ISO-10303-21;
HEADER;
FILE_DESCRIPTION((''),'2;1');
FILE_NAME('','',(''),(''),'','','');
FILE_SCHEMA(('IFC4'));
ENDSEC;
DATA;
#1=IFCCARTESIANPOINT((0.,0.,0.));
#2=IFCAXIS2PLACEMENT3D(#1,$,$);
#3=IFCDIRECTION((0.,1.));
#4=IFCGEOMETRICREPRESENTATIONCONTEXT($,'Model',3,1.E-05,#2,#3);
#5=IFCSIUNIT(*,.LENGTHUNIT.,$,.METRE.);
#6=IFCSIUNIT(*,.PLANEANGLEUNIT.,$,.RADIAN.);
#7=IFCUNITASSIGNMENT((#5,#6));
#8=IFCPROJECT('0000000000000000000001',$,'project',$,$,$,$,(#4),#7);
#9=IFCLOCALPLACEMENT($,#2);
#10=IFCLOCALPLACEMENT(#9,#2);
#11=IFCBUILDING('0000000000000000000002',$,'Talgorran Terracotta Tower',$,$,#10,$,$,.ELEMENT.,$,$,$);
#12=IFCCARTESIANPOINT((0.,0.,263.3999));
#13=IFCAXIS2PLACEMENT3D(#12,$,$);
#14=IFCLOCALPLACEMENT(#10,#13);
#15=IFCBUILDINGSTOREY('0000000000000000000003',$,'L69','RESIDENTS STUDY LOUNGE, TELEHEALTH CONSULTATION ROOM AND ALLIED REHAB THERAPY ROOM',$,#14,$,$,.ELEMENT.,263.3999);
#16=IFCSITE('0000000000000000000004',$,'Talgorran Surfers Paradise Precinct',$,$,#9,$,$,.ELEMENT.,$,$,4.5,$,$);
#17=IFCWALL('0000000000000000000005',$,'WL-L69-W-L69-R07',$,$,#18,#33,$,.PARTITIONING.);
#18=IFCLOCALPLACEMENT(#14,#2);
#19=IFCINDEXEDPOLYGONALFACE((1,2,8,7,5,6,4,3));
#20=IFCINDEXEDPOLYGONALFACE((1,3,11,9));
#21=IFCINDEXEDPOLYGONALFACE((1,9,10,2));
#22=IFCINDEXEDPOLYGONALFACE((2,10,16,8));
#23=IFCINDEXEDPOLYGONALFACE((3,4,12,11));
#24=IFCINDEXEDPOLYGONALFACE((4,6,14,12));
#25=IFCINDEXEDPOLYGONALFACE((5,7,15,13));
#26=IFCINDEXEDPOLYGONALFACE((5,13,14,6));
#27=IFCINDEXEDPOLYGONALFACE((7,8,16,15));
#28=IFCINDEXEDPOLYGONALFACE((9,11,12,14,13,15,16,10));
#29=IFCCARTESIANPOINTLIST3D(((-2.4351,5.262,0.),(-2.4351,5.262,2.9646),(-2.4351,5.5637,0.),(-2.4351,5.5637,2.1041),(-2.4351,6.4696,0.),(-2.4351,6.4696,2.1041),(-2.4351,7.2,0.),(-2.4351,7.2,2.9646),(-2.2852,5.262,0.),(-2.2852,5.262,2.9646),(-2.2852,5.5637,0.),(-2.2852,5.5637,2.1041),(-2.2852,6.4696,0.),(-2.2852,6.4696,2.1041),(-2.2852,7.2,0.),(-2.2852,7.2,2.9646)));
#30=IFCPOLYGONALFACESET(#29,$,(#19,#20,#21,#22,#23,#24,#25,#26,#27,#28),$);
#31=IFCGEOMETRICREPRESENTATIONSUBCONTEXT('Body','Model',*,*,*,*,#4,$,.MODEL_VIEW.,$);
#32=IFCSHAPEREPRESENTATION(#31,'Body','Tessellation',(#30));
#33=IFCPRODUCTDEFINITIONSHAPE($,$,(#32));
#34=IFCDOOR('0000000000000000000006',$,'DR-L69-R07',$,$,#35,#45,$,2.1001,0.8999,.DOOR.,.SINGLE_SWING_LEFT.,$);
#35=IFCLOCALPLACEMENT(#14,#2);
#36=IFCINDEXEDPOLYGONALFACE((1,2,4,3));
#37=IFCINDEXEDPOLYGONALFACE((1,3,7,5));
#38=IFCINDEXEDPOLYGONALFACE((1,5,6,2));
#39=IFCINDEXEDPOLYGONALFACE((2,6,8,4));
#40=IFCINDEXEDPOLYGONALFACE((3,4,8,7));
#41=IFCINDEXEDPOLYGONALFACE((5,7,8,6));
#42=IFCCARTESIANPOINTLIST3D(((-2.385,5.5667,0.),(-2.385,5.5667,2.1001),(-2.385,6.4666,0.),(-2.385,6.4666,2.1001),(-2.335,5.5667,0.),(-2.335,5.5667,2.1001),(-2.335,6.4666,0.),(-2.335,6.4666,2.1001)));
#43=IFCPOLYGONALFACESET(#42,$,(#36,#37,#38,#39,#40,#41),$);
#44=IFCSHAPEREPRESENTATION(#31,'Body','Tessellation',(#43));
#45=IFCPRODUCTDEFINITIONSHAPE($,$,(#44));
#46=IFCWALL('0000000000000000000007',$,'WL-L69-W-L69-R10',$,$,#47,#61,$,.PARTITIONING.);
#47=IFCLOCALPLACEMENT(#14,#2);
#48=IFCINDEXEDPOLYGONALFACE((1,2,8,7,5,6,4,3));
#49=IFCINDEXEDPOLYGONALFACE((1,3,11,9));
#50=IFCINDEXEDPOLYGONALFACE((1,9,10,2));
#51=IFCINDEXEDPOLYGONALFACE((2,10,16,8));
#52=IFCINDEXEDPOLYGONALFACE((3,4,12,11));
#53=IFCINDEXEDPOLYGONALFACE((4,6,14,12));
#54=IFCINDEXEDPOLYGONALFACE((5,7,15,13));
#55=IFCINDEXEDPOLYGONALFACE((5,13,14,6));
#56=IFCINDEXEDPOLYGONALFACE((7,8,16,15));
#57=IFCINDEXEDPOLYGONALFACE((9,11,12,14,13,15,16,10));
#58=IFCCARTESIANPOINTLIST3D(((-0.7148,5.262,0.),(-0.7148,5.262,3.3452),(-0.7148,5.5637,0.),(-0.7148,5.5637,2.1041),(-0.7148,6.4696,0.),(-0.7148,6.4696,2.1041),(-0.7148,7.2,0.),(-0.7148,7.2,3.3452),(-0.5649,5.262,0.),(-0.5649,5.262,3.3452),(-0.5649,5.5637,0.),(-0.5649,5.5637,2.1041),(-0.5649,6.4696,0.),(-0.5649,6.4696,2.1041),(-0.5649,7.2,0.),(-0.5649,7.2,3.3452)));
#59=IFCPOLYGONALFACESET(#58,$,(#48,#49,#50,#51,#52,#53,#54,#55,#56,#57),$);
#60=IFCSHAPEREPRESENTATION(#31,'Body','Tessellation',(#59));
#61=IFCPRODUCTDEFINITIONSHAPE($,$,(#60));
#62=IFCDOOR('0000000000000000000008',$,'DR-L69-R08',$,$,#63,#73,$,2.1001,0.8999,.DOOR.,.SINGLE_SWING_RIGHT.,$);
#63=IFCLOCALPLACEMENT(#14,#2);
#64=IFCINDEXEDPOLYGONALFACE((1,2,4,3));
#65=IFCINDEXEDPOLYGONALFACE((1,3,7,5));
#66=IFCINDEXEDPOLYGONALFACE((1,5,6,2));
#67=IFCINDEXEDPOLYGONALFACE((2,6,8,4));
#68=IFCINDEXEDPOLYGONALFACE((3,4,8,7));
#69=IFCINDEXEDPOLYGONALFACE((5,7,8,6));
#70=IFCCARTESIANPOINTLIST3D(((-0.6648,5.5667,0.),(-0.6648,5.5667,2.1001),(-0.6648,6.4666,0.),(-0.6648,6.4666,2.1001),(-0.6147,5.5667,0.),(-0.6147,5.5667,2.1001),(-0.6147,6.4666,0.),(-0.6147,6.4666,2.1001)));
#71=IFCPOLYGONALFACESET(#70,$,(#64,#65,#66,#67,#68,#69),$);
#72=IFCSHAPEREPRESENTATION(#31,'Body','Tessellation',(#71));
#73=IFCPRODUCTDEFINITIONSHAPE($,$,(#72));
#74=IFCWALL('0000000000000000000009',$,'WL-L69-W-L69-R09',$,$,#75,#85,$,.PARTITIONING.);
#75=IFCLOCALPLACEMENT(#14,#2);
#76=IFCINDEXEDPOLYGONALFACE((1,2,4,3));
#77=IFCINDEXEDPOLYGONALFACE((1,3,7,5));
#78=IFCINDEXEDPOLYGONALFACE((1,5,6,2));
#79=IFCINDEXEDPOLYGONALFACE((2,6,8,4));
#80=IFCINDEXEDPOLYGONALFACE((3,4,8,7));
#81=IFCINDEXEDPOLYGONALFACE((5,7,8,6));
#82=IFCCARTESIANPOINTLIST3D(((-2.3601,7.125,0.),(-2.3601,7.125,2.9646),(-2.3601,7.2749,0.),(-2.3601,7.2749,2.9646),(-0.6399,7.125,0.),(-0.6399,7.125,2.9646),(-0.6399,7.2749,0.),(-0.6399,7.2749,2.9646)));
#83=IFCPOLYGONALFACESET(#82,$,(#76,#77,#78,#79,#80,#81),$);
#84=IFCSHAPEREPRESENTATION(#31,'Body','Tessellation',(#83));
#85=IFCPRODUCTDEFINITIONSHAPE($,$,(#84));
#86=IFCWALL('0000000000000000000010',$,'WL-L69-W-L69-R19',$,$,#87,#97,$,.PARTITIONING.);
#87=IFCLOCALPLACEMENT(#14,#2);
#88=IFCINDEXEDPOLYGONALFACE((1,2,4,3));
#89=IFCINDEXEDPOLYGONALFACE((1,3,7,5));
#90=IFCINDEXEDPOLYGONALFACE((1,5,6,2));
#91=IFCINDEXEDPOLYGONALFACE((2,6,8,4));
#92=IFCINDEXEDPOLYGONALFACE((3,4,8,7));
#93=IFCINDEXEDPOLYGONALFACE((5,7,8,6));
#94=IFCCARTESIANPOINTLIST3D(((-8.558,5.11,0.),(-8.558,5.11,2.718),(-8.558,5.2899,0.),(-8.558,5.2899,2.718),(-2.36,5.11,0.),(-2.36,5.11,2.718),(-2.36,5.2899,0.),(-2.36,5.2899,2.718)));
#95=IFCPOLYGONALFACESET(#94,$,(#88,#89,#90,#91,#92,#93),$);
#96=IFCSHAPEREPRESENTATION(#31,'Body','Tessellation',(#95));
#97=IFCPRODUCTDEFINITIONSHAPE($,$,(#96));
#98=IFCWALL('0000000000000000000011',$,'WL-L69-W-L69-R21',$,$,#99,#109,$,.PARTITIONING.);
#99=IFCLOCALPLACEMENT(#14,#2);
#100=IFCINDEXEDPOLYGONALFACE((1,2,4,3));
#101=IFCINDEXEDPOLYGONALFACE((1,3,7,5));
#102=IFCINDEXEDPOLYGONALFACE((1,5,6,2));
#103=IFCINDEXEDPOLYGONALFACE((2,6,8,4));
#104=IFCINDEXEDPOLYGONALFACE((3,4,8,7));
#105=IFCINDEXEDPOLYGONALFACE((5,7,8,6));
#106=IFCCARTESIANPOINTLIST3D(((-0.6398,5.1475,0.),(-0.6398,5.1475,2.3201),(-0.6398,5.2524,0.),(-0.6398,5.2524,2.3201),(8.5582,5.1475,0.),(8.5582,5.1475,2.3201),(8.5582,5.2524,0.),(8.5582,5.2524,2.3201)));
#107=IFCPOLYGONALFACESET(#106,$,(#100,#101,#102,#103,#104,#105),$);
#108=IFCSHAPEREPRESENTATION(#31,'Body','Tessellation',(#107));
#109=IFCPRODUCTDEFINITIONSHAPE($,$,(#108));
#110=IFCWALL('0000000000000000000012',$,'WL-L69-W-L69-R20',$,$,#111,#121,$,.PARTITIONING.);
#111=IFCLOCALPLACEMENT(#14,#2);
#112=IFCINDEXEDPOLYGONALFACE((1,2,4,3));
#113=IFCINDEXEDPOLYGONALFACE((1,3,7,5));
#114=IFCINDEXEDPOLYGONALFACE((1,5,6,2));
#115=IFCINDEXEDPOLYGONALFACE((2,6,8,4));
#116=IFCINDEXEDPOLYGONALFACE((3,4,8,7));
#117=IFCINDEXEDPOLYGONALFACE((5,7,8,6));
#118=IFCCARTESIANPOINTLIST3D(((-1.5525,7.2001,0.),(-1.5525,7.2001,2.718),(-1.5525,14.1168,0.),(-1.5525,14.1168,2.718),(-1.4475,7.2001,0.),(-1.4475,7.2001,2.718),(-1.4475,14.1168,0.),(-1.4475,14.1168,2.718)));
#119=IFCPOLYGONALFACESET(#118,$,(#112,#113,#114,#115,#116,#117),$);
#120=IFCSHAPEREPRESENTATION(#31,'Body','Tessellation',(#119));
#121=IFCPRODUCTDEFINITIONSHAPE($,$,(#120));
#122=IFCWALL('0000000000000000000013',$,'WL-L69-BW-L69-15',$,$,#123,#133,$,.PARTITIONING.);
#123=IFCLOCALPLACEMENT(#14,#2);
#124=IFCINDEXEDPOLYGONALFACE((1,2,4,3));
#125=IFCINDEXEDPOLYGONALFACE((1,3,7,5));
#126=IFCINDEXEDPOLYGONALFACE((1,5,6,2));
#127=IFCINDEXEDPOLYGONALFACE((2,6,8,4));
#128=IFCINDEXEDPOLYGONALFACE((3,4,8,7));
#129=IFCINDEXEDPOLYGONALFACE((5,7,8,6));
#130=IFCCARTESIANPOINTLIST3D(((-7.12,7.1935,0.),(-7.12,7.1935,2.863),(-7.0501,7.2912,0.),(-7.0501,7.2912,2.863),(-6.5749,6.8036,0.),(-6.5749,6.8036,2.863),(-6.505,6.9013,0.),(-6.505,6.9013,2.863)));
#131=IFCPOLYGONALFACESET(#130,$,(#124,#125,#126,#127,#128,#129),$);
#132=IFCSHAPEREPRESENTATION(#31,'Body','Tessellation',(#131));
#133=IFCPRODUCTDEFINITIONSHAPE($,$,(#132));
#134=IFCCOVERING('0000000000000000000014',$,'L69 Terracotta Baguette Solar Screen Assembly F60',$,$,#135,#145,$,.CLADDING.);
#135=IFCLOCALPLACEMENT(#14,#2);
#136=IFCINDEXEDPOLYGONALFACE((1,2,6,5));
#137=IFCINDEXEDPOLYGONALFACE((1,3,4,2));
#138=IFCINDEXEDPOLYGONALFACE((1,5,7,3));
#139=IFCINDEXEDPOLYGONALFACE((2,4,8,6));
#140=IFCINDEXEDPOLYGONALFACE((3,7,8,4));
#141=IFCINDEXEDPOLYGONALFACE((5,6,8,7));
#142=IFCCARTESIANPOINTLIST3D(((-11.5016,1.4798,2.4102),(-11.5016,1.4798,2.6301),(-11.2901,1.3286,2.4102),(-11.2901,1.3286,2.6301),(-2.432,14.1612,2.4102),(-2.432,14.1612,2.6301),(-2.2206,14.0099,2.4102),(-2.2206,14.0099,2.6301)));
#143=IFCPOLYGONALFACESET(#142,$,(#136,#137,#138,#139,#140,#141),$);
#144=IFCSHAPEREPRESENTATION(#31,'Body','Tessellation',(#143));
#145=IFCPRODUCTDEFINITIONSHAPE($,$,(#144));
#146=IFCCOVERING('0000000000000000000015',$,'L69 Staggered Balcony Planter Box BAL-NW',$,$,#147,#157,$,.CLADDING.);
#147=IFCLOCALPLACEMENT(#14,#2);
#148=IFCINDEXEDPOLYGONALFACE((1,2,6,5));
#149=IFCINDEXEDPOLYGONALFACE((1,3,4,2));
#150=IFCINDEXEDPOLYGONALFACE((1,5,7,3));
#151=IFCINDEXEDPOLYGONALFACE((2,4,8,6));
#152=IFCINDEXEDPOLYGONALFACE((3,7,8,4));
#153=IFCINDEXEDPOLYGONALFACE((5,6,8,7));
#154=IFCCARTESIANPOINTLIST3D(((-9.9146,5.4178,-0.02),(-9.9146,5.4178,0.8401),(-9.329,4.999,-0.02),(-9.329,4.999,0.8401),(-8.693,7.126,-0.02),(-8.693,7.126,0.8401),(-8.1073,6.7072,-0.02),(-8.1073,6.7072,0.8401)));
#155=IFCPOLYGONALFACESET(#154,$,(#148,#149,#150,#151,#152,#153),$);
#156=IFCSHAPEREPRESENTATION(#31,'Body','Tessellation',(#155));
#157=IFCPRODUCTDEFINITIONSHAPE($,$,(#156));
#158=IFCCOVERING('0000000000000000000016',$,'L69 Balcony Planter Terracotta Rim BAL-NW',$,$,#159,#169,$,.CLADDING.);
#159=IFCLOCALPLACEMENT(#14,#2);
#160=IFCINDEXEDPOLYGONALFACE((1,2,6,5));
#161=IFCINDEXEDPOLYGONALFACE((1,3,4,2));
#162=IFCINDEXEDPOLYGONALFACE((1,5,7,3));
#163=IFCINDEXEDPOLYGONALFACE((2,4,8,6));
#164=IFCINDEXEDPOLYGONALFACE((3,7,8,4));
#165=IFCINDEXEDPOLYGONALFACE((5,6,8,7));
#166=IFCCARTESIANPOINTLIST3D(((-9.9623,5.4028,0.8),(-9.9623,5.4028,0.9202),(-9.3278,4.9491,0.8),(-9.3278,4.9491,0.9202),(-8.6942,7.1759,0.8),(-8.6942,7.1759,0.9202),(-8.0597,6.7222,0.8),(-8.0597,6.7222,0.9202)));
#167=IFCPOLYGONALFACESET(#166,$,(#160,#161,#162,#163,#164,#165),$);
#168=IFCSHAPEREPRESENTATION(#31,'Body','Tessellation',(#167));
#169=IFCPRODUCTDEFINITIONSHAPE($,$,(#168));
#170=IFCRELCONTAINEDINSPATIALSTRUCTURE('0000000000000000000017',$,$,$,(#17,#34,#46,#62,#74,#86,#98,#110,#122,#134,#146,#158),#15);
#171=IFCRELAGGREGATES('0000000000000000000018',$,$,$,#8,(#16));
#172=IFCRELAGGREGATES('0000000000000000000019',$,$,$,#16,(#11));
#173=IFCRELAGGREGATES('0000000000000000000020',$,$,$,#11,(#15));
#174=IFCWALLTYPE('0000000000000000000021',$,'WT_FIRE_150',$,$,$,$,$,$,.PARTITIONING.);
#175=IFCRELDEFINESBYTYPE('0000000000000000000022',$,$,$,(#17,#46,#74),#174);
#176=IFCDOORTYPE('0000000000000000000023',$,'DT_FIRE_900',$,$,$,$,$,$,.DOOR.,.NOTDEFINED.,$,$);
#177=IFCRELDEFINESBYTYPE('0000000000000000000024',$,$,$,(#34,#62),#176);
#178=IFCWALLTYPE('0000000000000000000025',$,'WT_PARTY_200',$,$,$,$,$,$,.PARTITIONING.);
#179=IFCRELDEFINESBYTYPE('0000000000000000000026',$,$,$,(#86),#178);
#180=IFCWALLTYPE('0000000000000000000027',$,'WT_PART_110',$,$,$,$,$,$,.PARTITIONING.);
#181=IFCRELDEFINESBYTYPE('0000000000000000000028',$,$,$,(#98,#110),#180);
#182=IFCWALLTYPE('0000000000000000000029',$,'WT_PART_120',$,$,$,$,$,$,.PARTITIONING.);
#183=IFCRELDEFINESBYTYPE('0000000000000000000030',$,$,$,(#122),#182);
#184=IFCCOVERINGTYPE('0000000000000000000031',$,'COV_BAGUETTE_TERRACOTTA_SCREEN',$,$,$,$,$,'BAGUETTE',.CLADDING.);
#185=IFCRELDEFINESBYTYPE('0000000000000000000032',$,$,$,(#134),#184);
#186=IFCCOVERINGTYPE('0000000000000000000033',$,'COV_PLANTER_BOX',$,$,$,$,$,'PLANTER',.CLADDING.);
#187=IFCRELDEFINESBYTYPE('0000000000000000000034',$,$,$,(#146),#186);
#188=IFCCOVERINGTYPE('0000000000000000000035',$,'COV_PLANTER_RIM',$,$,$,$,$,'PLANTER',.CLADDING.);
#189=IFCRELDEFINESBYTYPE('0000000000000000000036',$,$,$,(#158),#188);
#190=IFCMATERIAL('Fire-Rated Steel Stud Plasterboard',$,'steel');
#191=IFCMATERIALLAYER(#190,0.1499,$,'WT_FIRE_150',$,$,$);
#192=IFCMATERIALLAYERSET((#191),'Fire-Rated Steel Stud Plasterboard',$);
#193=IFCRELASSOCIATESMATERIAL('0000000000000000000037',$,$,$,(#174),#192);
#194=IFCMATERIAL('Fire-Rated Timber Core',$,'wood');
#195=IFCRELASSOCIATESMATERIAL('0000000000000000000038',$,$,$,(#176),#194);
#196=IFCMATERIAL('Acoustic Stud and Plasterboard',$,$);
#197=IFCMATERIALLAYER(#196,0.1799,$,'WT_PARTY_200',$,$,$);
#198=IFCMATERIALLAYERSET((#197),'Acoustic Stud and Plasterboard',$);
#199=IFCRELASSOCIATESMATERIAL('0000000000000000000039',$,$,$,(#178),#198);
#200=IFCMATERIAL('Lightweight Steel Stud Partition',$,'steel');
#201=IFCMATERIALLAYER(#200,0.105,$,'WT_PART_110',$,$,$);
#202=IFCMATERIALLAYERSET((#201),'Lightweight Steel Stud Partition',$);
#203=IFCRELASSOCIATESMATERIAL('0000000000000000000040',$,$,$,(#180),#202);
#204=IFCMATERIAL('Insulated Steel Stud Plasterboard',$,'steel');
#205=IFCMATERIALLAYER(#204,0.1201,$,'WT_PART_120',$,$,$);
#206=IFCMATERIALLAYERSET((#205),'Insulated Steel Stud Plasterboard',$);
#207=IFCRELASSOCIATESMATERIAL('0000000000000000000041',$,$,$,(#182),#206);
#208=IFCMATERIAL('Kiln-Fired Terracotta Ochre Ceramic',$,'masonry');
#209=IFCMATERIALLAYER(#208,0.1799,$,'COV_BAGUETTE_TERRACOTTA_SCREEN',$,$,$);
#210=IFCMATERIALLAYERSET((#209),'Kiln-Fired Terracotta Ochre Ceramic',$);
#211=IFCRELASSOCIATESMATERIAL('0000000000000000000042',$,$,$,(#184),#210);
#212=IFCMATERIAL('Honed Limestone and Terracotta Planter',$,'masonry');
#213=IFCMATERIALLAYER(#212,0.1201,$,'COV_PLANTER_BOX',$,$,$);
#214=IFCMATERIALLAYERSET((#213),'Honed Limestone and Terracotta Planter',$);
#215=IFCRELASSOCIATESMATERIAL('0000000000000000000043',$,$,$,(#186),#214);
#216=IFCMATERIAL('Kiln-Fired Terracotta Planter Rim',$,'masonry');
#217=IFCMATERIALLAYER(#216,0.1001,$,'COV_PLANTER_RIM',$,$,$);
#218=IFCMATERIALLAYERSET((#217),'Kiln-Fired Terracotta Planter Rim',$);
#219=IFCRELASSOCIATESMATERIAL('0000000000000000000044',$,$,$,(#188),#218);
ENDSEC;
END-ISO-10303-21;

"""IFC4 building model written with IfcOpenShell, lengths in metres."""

from ifc_helpers import new_model, si_unit, direction, frame, frame_2d, origin, origin_2d, place, context, subcontext, project, spatial, rectangle, extrude, material, layer, layer_set, type_object, element, fill, save


model = new_model("IFC4")

# Units and contexts
model_context = context("Model", 3, precision=1e-05, world=origin(), true_north=direction((0.0, 1.0)))
body_context = subcontext(model_context, "Body", "Model", "MODEL_VIEW")
ifc_project = project(units=[si_unit("LENGTHUNIT", "METRE"), si_unit("PLANEANGLEUNIT", "RADIAN")], contexts=[model_context])

# Site, building, storey
site_placement = place(None, origin())
site = spatial("IfcSite", under=ifc_project, at=site_placement, Name="Talgorran Surfers Paradise Precinct", CompositionType="ELEMENT", RefElevation=4.5)
building_placement = place(site_placement, origin())
building = spatial("IfcBuilding", under=site, at=building_placement, Name="Talgorran Terracotta Tower", CompositionType="ELEMENT")
storey_placement = place(building_placement, frame((0.0, 0.0, 263.3999)))
storey = spatial("IfcBuildingStorey", under=building, at=storey_placement, Name="L69", Description="RESIDENTS STUDY LOUNGE, TELEHEALTH CONSULTATION ROOM AND ALLIED REHAB THERAPY ROOM", CompositionType="ELEMENT", Elevation=263.3999)

# Walls, openings, doors
ifc_material_1 = material(Name="Fire-Rated Steel Stud Plasterboard", Category="steel")
ifc_layer_1 = layer(ifc_material_1, 0.1499, Name="WT_FIRE_150")
ifc_layer_set_1 = layer_set([ifc_layer_1], Name="Fire-Rated Steel Stud Plasterboard")
wall_type_1 = type_object("IfcWallType", Name="WT_FIRE_150", PredefinedType="PARTITIONING", material=ifc_layer_set_1)
wall_1_placement = place(storey_placement, frame((-2.3601, 5.262, 0.0), z_axis=(0.0, 0.0, 1.0), x_axis=(0.0, 1.0, 0.0)))
wall_1 = element("IfcWall", 1, at=wall_1_placement, inside=storey, type_object=wall_type_1, Name="WL-L69-W-L69-R07", PredefinedType="PARTITIONING", context=body_context, shape_type="SweptSolid", body=[
    extrude(rectangle(XDim=1.938, YDim=0.1499, at=frame_2d((0.969, 0.0))), origin(), (0.0, 0.0, 1.0), 2.9646),
])
opening_1_placement = place(wall_1_placement, frame((0.3047, 0.0, 0.0)))
opening_1 = element("IfcOpeningElement", 2, at=opening_1_placement, cuts=wall_1, PredefinedType="OPENING", context=body_context, shape_type="SweptSolid", body=[
    extrude(rectangle(XDim=0.9059, YDim=2.1041, at=frame_2d((0.45, 1.052))), frame((0.0, 0.085, 0.0), z_axis=(0.0, -1.0, 0.0), x_axis=(1.0, 0.0, 0.0)), (0.0, 0.0, 1.0), 0.1699),
])
ifc_material_2 = material(Name="Fire-Rated Timber Core", Category="wood")
door_type = type_object("IfcDoorType", Name="DT_FIRE_900", OperationType="NOTDEFINED", PredefinedType="DOOR", material=ifc_material_2)
door_1_placement = place(opening_1_placement, origin())
door_1 = element("IfcDoor", 3, at=door_1_placement, inside=storey, type_object=door_type, Name="DR-L69-R07", OperationType="SINGLE_SWING_LEFT", OverallHeight=2.1001, OverallWidth=0.8999, PredefinedType="DOOR", context=body_context, shape_type="SweptSolid", body=[
    extrude(rectangle(XDim=0.8999, YDim=2.1001, at=frame_2d((0.45, 1.05))), frame((0.0, 0.0249, 0.0), z_axis=(0.0, -1.0, 0.0), x_axis=(1.0, 0.0, 0.0)), (0.0, 0.0, 1.0), 0.05),
])
fill(opening_1, door_1)
wall_2_placement = place(storey_placement, frame((-0.6399, 5.262, 0.0), z_axis=(0.0, 0.0, 1.0), x_axis=(0.0, 1.0, 0.0)))
wall_2 = element("IfcWall", 4, at=wall_2_placement, inside=storey, type_object=wall_type_1, Name="WL-L69-W-L69-R10", PredefinedType="PARTITIONING", context=body_context, shape_type="SweptSolid", body=[
    extrude(rectangle(XDim=1.938, YDim=0.1499, at=frame_2d((0.969, 0.0))), origin(), (0.0, 0.0, 1.0), 3.3452),
])
opening_2_placement = place(wall_2_placement, frame((0.3047, 0.0, 0.0)))
opening_2 = element("IfcOpeningElement", 5, at=opening_2_placement, cuts=wall_2, PredefinedType="OPENING", context=body_context, shape_type="SweptSolid", body=[
    extrude(rectangle(XDim=0.9059, YDim=2.1041, at=frame_2d((0.45, 1.052))), frame((0.0, 0.085, 0.0), z_axis=(0.0, -1.0, 0.0), x_axis=(1.0, 0.0, 0.0)), (0.0, 0.0, 1.0), 0.1699),
])
door_2_placement = place(opening_2_placement, origin())
door_2 = element("IfcDoor", 6, at=door_2_placement, inside=storey, type_object=door_type, Name="DR-L69-R08", OperationType="SINGLE_SWING_RIGHT", OverallHeight=2.1001, OverallWidth=0.8999, PredefinedType="DOOR", context=body_context, shape_type="SweptSolid", body=[
    extrude(rectangle(XDim=0.8999, YDim=2.1001, at=frame_2d((0.45, 1.05))), frame((0.0, 0.0249, 0.0), z_axis=(0.0, -1.0, 0.0), x_axis=(1.0, 0.0, 0.0)), (0.0, 0.0, 1.0), 0.05),
])
fill(opening_2, door_2)

# Walls
wall_3_placement = place(storey_placement, frame((-2.3601, 7.2, 0.0), z_axis=(0.0, 0.0, 1.0), x_axis=(1.0, 0.0, 0.0)))
element("IfcWall", 7, at=wall_3_placement, inside=storey, type_object=wall_type_1, Name="WL-L69-W-L69-R09", PredefinedType="PARTITIONING", context=body_context, shape_type="SweptSolid", body=[
    extrude(rectangle(XDim=1.7202, YDim=0.1499, at=frame_2d((0.8601, 0.0))), origin(), (0.0, 0.0, 1.0), 2.9646),
])
ifc_material_3 = material(Name="Acoustic Stud and Plasterboard")
ifc_layer_2 = layer(ifc_material_3, 0.1799, Name="WT_PARTY_200")
ifc_layer_set_2 = layer_set([ifc_layer_2], Name="Acoustic Stud and Plasterboard")
wall_type_2 = type_object("IfcWallType", Name="WT_PARTY_200", PredefinedType="PARTITIONING", material=ifc_layer_set_2)
wall_4_placement = place(storey_placement, frame((-8.5581, 5.2, 0.0), z_axis=(0.0, 0.0, 1.0), x_axis=(1.0, 0.0, 0.0)))
element("IfcWall", 8, at=wall_4_placement, inside=storey, type_object=wall_type_2, Name="WL-L69-W-L69-R19", PredefinedType="PARTITIONING", context=body_context, shape_type="SweptSolid", body=[
    extrude(rectangle(XDim=6.198, YDim=0.1799, at=frame_2d((3.0991, 0.0))), origin(), (0.0, 0.0, 1.0), 2.718),
])
ifc_material_4 = material(Name="Lightweight Steel Stud Partition", Category="steel")
ifc_layer_3 = layer(ifc_material_4, 0.105, Name="WT_PART_110")
ifc_layer_set_3 = layer_set([ifc_layer_3], Name="Lightweight Steel Stud Partition")
wall_type_3 = type_object("IfcWallType", Name="WT_PART_110", PredefinedType="PARTITIONING", material=ifc_layer_set_3)
wall_5_placement = place(storey_placement, frame((-0.6399, 5.2, 0.0), z_axis=(0.0, 0.0, 1.0), x_axis=(1.0, 0.0, 0.0)))
element("IfcWall", 9, at=wall_5_placement, inside=storey, type_object=wall_type_3, Name="WL-L69-W-L69-R21", PredefinedType="PARTITIONING", context=body_context, shape_type="SweptSolid", body=[
    extrude(rectangle(XDim=9.198, YDim=0.105, at=frame_2d((4.5991, 0.0))), origin(), (0.0, 0.0, 1.0), 2.3201),
])
wall_6_placement = place(storey_placement, frame((-1.5, 7.2, 0.0), z_axis=(0.0, 0.0, 1.0), x_axis=(0.0, 1.0, 0.0)))
element("IfcWall", 10, at=wall_6_placement, inside=storey, type_object=wall_type_3, Name="WL-L69-W-L69-R20", PredefinedType="PARTITIONING", context=body_context, shape_type="SweptSolid", body=[
    extrude(rectangle(XDim=6.9167, YDim=0.105, at=frame_2d((3.4585, 0.0))), origin(), (0.0, 0.0, 1.0), 2.718),
])
ifc_material_5 = material(Name="Insulated Steel Stud Plasterboard", Category="steel")
ifc_layer_4 = layer(ifc_material_5, 0.1201, Name="WT_PART_120")
ifc_layer_set_4 = layer_set([ifc_layer_4], Name="Insulated Steel Stud Plasterboard")
wall_type_4 = type_object("IfcWallType", Name="WT_PART_120", PredefinedType="PARTITIONING", material=ifc_layer_set_4)
wall_7_placement = place(storey_placement, frame((-6.54, 6.8525, 0.0), z_axis=(0.0, 0.0, 1.0), x_axis=(-0.813389, 0.58172, 0.0)))
element("IfcWall", 11, at=wall_7_placement, inside=storey, type_object=wall_type_4, Name="WL-L69-BW-L69-15", PredefinedType="PARTITIONING", context=body_context, shape_type="SweptSolid", body=[
    extrude(rectangle(XDim=0.6702, YDim=0.1201, at=frame_2d((0.335, 0.0))), origin(), (0.0, 0.0, 1.0), 2.863),
])

# Coverings
ifc_material_6 = material(Name="Kiln-Fired Terracotta Ochre Ceramic", Category="masonry")
ifc_layer_5 = layer(ifc_material_6, 0.1799, Name="COV_BAGUETTE_TERRACOTTA_SCREEN")
ifc_layer_set_5 = layer_set([ifc_layer_5], Name="Kiln-Fired Terracotta Ochre Ceramic")
covering_type_1 = type_object("IfcCoveringType", Name="COV_BAGUETTE_TERRACOTTA_SCREEN", ElementType="BAGUETTE", PredefinedType="CLADDING", material=ifc_layer_set_5)
covering_1_placement = place(storey_placement, frame((-6.8611, 7.7449, 2.4102), z_axis=(0.0, 0.0, 1.0), x_axis=(-0.581726, -0.813385, 0.0)))
element("IfcCovering", 12, at=covering_1_placement, inside=storey, type_object=covering_type_1, Name="L69 Terracotta Baguette Solar Screen Assembly F60", PredefinedType="CLADDING", context=body_context, shape_type="SweptSolid", body=[
    extrude(rectangle(XDim=15.5908, YDim=0.26, at=origin_2d()), origin(), (0.0, 0.0, 1.0), 0.22),
])
ifc_material_7 = material(Name="Honed Limestone and Terracotta Planter", Category="masonry")
ifc_layer_6 = layer(ifc_material_7, 0.1201, Name="COV_PLANTER_BOX")
ifc_layer_set_6 = layer_set([ifc_layer_6], Name="Honed Limestone and Terracotta Planter")
covering_type_2 = type_object("IfcCoveringType", Name="COV_PLANTER_BOX", ElementType="PLANTER", PredefinedType="CLADDING", material=ifc_layer_set_6)
covering_2_placement = place(storey_placement, frame((-9.011, 6.0625, -0.02), z_axis=(0.0, 0.0, 1.0), x_axis=(-0.581726, -0.813385, 0.0)))
element("IfcCovering", 13, at=covering_2_placement, inside=storey, type_object=covering_type_2, Name="L69 Staggered Balcony Planter Box BAL-NW", PredefinedType="CLADDING", context=body_context, shape_type="SweptSolid", body=[
    extrude(rectangle(XDim=2.1001, YDim=0.72, at=origin_2d()), origin(), (0.0, 0.0, 1.0), 0.8601),
])
ifc_material_8 = material(Name="Kiln-Fired Terracotta Planter Rim", Category="masonry")
ifc_layer_7 = layer(ifc_material_8, 0.1001, Name="COV_PLANTER_RIM")
ifc_layer_set_7 = layer_set([ifc_layer_7], Name="Kiln-Fired Terracotta Planter Rim")
covering_type_3 = type_object("IfcCoveringType", Name="COV_PLANTER_RIM", ElementType="PLANTER", PredefinedType="CLADDING", material=ifc_layer_set_7)
covering_3_placement = place(storey_placement, frame((-9.011, 6.0625, 0.8), z_axis=(0.0, 0.0, 1.0), x_axis=(-0.581726, -0.813385, 0.0)))
element("IfcCovering", 14, at=covering_3_placement, inside=storey, type_object=covering_type_3, Name="L69 Balcony Planter Terracotta Rim BAL-NW", PredefinedType="CLADDING", context=body_context, shape_type="SweptSolid", body=[
    extrude(rectangle(XDim=2.1799, YDim=0.78, at=origin_2d()), origin(), (0.0, 0.0, 1.0), 0.1201),
])

save(model, "model.ifc")
